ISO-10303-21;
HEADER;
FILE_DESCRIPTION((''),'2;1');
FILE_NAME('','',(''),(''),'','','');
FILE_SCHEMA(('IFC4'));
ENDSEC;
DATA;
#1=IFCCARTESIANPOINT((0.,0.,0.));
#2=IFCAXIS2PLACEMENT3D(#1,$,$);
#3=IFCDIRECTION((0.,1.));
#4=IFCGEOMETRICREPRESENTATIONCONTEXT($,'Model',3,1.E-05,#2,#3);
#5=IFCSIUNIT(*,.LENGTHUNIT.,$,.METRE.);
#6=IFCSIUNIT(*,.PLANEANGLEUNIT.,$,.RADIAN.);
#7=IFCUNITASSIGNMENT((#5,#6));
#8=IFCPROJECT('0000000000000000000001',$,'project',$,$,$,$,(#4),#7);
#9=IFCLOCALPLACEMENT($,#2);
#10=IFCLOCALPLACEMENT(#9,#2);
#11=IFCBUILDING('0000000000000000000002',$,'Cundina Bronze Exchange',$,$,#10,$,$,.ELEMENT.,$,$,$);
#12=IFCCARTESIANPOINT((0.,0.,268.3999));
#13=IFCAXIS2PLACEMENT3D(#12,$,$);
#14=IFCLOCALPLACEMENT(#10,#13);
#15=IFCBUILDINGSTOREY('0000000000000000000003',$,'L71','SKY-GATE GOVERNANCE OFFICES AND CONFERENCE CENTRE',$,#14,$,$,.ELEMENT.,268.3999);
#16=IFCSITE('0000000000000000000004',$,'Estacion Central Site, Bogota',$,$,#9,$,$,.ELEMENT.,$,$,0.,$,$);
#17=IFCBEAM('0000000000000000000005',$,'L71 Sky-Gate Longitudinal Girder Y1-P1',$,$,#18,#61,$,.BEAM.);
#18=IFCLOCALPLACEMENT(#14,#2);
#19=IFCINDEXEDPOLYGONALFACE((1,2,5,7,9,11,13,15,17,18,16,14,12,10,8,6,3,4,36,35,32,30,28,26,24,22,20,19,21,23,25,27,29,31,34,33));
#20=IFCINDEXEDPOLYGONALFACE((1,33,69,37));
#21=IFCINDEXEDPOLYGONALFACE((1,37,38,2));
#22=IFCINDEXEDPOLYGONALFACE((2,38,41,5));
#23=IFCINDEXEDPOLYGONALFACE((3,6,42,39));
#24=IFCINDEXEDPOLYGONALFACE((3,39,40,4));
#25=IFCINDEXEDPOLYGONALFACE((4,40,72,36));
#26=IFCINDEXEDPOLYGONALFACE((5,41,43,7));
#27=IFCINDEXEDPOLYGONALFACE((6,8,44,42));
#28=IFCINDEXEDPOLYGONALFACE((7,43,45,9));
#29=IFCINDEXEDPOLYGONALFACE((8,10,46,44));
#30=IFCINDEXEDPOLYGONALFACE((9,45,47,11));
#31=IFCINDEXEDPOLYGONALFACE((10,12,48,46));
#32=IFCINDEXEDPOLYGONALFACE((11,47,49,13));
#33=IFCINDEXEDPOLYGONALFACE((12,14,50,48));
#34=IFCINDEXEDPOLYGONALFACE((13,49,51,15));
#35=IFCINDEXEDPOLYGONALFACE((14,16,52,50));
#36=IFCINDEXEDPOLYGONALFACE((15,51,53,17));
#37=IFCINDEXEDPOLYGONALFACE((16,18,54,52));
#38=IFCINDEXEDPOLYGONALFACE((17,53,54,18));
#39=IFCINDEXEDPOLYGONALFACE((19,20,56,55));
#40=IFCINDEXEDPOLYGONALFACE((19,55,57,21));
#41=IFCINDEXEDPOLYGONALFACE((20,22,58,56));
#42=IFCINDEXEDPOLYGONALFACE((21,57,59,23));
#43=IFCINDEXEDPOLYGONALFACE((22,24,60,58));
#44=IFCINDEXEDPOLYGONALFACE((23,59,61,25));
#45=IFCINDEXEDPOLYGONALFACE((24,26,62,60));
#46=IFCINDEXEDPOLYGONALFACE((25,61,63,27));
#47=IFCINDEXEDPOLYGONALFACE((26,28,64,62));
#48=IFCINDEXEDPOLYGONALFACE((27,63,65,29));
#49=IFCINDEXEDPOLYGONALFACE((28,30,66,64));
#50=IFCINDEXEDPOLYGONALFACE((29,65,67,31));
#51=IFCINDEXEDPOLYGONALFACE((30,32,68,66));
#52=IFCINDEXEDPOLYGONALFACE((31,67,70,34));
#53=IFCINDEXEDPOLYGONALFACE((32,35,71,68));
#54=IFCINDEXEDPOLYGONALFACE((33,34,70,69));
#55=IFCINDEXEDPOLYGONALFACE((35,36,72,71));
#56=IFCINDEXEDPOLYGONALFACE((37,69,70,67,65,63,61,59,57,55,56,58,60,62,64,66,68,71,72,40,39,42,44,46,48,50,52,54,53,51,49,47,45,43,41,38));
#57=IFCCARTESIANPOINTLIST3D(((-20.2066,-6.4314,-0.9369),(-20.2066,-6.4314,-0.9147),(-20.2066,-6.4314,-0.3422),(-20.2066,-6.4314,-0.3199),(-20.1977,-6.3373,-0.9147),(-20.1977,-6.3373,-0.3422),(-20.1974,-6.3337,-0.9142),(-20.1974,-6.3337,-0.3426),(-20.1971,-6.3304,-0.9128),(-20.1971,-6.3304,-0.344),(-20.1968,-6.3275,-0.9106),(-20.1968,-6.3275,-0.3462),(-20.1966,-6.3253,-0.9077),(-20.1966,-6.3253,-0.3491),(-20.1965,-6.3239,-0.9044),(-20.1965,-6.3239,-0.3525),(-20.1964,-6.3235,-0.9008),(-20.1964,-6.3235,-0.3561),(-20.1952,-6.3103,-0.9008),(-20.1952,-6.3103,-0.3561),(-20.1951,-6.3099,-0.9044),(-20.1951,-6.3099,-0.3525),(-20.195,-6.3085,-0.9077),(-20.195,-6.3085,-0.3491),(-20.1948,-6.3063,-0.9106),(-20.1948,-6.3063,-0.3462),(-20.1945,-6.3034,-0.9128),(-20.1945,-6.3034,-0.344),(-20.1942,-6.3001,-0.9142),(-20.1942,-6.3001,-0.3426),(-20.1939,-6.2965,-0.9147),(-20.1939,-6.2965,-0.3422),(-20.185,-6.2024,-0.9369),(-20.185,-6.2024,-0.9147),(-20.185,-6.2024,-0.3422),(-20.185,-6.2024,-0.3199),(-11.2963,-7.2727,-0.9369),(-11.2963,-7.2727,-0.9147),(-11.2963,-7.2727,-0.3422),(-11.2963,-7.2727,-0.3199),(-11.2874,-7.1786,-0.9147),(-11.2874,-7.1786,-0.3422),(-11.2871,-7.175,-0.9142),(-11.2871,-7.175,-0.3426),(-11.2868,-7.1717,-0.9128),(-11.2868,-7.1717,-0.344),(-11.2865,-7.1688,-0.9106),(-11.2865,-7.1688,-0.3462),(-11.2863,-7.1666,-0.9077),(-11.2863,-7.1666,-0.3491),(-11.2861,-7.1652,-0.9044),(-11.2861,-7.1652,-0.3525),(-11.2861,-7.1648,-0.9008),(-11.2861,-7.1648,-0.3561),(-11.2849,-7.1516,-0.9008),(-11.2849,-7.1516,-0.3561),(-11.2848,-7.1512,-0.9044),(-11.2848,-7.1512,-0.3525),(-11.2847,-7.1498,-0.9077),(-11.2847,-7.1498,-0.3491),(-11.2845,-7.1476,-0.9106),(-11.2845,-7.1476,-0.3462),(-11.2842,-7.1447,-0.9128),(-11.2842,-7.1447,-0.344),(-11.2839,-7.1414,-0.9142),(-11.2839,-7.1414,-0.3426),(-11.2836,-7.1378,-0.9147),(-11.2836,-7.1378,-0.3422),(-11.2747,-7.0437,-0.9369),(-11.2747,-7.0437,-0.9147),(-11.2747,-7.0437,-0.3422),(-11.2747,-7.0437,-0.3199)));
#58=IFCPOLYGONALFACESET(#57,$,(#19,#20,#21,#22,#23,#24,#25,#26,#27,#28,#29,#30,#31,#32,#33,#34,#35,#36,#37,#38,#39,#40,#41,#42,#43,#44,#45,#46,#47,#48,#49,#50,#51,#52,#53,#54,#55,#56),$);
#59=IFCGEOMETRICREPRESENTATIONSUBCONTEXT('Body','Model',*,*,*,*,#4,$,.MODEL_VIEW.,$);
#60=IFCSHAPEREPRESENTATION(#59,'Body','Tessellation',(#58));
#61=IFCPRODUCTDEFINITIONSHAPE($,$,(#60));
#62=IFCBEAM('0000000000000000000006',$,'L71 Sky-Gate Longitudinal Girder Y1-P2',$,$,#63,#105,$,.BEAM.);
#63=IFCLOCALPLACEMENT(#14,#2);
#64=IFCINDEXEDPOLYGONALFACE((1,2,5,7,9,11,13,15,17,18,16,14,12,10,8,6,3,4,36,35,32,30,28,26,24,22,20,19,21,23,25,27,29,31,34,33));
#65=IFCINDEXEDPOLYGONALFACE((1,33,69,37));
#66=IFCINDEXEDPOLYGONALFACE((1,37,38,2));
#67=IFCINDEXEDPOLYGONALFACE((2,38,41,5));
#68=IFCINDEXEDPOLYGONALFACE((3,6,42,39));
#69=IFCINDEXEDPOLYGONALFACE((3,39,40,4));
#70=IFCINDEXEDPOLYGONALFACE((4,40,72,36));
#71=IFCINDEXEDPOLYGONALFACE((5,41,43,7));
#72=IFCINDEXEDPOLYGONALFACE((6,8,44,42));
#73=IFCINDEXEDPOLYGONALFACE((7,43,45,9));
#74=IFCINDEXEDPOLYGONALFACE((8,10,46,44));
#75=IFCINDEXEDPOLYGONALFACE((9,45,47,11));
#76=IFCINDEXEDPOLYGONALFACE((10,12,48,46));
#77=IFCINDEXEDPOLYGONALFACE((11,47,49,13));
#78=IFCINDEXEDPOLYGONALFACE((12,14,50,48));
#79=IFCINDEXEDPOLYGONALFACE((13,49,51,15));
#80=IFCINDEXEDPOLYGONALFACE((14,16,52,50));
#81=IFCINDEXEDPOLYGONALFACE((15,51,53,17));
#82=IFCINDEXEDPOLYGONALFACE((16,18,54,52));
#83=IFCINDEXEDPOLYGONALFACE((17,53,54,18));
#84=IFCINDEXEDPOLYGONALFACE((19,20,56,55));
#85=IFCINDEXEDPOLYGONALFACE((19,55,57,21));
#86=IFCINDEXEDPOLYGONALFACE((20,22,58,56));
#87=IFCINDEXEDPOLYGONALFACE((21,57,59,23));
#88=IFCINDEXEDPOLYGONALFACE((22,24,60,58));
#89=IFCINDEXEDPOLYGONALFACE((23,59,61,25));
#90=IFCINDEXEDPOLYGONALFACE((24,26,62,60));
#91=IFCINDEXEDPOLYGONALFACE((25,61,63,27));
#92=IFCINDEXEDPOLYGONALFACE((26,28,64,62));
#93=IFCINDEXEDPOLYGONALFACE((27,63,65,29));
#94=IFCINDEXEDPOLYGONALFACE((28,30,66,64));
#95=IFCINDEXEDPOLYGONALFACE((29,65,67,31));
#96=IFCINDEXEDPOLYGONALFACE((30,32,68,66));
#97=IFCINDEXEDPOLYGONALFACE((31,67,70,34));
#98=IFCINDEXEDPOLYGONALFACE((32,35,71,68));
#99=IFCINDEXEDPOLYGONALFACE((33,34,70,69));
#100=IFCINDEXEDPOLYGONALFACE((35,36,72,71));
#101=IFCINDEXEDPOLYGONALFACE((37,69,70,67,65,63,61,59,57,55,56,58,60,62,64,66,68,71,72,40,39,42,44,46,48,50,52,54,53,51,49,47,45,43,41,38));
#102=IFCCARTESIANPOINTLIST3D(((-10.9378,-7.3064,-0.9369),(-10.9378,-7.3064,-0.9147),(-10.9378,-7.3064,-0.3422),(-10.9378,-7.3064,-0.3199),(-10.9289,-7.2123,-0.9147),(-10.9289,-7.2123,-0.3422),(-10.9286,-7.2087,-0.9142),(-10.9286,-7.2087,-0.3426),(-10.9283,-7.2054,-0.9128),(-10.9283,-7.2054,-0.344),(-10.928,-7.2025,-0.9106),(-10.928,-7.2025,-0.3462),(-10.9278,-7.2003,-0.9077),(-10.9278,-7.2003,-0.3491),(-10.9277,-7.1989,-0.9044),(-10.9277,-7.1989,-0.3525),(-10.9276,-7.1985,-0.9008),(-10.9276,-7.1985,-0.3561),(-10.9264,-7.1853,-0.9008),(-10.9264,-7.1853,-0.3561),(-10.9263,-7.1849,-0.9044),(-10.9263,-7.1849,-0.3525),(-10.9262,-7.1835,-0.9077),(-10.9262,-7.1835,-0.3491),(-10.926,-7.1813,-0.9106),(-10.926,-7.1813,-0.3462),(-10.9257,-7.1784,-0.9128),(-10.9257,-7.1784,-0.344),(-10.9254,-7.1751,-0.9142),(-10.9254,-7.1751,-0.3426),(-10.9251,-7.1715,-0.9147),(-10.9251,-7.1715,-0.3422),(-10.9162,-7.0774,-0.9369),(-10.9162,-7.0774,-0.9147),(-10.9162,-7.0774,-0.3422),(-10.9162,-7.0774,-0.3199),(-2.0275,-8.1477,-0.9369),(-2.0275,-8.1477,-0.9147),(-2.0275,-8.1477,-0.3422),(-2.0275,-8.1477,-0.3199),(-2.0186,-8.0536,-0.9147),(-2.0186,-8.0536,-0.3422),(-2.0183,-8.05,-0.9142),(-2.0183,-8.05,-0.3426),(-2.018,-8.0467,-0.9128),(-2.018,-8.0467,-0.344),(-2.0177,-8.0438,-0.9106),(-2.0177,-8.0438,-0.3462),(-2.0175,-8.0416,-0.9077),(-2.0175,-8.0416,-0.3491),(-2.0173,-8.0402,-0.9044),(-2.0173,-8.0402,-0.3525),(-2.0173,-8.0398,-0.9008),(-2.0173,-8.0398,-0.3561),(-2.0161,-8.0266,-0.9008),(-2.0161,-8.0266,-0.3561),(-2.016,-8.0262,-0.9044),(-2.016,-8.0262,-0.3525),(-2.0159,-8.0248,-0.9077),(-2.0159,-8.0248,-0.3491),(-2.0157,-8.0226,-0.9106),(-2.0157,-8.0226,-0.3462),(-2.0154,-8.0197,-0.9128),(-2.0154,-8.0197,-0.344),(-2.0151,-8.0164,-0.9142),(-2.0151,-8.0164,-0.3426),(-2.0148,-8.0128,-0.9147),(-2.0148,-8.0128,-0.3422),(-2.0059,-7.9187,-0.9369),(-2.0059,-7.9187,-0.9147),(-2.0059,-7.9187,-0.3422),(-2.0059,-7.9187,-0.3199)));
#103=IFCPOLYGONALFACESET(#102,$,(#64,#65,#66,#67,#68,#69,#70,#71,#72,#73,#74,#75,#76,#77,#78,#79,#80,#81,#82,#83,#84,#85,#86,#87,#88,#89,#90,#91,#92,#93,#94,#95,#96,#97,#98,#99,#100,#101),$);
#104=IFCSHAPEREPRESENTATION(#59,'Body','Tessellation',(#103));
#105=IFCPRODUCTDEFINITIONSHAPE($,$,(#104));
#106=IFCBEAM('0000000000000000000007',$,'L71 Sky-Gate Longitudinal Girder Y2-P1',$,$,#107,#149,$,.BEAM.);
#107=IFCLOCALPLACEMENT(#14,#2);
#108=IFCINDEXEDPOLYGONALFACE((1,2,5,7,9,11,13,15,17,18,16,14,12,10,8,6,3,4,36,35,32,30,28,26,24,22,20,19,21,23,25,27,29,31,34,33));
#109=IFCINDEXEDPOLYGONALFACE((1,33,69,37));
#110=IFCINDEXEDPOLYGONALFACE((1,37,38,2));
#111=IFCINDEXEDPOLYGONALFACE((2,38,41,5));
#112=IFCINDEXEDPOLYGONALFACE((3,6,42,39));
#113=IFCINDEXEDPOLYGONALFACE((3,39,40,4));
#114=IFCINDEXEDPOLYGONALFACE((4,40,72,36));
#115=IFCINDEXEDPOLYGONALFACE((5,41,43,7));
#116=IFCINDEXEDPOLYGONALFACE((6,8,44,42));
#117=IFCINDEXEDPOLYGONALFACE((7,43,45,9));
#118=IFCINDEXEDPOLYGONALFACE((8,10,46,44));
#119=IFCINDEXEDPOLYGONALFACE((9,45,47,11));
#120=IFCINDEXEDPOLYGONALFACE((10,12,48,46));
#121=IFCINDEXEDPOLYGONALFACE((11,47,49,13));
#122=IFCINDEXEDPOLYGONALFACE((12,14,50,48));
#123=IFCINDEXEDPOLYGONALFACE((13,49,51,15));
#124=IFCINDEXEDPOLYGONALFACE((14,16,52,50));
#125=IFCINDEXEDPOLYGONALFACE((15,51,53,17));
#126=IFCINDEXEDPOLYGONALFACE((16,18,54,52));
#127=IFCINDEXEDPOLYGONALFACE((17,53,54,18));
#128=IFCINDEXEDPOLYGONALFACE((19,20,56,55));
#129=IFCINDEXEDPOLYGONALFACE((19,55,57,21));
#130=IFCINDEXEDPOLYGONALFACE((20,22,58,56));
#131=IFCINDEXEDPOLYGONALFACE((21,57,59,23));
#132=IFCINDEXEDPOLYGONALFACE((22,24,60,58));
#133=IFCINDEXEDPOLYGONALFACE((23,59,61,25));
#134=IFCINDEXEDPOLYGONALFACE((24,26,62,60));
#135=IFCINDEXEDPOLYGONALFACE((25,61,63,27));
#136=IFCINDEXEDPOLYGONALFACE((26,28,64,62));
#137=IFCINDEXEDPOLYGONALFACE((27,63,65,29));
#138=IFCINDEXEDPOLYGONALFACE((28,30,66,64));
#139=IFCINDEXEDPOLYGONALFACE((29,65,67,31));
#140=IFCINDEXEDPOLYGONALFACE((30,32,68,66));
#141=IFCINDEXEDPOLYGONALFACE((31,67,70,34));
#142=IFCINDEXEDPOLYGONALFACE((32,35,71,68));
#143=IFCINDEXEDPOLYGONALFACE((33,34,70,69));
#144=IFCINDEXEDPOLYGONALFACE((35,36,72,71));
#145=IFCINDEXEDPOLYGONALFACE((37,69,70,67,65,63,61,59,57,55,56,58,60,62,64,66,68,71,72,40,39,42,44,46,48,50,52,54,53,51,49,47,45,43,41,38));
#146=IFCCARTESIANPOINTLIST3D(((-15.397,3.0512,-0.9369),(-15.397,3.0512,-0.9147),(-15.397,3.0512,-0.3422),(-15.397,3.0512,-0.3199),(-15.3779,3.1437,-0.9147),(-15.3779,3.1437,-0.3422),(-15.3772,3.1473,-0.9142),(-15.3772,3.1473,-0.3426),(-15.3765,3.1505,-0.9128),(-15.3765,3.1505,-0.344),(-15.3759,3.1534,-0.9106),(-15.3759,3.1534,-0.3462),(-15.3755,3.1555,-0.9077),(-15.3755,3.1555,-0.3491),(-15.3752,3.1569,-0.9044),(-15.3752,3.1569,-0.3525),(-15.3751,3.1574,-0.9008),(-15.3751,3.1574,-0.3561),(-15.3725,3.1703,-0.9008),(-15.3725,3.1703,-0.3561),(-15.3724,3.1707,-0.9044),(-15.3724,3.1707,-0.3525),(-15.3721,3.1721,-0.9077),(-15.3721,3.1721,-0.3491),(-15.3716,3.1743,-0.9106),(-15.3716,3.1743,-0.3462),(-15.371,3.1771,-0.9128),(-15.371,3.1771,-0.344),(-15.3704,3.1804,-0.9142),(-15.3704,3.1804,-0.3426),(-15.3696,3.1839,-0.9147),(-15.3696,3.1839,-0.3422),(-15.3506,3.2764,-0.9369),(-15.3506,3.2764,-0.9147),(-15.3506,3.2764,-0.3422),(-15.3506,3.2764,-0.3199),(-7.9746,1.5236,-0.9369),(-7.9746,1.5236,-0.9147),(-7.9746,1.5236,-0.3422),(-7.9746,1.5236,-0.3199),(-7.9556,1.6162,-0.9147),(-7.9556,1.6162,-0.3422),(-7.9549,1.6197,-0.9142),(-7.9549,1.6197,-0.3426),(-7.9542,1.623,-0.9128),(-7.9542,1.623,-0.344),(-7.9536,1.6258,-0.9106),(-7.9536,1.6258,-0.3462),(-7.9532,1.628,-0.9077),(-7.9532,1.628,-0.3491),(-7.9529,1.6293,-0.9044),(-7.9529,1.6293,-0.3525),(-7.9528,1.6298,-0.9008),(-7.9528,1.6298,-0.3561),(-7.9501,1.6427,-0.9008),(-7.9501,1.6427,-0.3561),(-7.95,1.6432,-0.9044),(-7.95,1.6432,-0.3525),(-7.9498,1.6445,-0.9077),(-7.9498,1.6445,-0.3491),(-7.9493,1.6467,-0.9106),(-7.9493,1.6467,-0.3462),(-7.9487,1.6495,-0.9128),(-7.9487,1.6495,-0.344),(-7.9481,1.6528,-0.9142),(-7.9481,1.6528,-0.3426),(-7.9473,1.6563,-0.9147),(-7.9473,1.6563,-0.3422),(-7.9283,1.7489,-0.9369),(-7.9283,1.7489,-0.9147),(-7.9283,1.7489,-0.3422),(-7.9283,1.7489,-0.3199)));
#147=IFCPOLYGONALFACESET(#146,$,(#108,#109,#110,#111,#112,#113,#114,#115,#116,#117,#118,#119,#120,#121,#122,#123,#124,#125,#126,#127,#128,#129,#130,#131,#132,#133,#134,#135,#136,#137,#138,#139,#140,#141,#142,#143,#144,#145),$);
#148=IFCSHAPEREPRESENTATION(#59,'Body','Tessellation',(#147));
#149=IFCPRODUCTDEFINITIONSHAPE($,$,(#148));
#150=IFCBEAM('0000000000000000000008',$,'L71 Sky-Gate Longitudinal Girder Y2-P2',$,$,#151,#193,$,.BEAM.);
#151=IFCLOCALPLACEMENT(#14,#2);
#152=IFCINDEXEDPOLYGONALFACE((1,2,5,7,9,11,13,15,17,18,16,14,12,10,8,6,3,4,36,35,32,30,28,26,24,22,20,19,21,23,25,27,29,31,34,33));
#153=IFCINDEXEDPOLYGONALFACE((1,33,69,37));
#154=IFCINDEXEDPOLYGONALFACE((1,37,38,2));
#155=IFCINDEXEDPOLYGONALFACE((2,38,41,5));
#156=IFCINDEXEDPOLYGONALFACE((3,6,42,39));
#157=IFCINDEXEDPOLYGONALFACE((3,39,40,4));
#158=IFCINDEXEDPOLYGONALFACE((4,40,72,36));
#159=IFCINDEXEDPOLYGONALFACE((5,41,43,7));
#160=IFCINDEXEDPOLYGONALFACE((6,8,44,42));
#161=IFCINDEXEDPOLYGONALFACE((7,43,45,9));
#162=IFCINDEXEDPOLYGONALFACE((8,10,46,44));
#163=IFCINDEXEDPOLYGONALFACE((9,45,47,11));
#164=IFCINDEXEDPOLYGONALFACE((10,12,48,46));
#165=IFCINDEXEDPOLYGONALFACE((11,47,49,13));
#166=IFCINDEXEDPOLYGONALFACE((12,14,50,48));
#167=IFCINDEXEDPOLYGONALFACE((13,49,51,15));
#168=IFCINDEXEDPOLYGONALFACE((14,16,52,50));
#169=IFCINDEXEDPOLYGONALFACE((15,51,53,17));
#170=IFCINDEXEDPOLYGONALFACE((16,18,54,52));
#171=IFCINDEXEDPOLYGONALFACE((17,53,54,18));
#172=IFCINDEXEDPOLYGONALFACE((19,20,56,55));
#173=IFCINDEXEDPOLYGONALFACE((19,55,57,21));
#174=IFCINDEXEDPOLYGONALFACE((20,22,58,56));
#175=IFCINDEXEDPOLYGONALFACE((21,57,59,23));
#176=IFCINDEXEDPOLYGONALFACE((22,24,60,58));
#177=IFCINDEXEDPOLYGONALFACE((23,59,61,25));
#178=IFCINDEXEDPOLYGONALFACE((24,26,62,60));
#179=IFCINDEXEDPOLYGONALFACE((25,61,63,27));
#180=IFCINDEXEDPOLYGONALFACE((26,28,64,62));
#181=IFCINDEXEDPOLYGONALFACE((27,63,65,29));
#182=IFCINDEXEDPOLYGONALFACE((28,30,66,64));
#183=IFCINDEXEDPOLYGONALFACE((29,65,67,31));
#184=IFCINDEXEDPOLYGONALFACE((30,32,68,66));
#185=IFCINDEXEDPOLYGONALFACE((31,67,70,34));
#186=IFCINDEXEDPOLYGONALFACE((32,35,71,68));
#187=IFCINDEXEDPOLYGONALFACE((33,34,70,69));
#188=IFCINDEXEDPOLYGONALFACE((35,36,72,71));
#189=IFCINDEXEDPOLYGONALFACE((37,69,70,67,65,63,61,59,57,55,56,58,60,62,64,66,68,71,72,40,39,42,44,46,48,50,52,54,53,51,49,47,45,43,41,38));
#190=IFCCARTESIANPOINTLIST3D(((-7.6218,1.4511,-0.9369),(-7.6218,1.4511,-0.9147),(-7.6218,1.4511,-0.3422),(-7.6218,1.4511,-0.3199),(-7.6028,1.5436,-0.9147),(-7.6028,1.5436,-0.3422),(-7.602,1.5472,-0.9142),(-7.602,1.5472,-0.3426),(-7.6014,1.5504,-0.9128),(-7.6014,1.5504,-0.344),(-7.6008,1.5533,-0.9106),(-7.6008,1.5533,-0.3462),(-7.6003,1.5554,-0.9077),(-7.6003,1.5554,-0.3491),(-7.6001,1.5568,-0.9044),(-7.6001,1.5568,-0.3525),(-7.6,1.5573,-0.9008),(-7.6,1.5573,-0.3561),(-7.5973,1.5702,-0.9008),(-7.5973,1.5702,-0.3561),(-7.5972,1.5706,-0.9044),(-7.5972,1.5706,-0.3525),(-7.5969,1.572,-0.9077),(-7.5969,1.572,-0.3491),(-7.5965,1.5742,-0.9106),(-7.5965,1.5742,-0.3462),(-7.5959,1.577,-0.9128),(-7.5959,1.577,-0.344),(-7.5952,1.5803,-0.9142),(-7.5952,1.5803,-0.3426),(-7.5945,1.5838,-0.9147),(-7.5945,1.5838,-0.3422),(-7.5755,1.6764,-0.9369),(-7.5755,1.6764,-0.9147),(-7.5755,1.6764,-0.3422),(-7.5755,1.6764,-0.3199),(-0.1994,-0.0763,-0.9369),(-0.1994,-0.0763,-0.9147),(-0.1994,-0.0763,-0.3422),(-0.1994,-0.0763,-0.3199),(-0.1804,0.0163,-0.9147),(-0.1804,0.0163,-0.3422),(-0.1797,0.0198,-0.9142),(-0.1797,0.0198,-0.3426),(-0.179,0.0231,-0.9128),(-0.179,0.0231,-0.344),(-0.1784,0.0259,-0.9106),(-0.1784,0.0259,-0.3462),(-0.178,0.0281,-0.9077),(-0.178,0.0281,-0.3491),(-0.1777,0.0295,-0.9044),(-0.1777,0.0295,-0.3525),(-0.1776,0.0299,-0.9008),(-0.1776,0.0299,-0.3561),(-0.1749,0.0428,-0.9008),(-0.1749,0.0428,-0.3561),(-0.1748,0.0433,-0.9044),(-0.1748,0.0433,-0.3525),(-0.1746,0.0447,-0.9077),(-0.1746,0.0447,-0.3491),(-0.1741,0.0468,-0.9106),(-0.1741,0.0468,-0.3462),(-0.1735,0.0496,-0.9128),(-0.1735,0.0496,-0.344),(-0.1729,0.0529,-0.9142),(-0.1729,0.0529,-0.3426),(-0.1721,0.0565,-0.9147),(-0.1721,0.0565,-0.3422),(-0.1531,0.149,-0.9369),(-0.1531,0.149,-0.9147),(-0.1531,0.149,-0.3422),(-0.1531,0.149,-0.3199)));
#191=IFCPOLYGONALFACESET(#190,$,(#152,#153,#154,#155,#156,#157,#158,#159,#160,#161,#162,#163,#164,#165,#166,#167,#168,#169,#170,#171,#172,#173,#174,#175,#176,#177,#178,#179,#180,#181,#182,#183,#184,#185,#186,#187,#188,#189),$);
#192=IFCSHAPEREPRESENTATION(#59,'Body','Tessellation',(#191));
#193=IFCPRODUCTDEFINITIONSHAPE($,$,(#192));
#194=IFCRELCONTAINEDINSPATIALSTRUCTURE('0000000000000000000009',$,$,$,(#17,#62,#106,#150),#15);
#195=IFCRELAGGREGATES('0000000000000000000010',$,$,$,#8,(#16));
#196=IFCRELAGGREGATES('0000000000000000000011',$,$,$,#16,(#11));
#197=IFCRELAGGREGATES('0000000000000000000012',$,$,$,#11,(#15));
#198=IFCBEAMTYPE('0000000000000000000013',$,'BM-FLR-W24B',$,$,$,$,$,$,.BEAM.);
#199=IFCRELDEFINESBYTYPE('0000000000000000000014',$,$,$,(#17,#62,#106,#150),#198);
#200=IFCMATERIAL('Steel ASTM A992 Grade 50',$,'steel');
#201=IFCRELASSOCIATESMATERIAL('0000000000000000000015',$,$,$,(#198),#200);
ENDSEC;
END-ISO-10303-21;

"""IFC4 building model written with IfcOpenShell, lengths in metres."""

from ifc_helpers import new_model, si_unit, direction, frame, origin, origin_2d, place, context, subcontext, project, spatial, i_section, extrude, material, material_profile, profile_set, type_object, element, save


model = new_model("IFC4")

# Units and contexts
model_context = context("Model", 3, precision=1e-05, world=origin(), true_north=direction((0.0, 1.0)))
body_context = subcontext(model_context, "Body", "Model", "MODEL_VIEW")
ifc_project = project(units=[si_unit("LENGTHUNIT", "METRE"), si_unit("PLANEANGLEUNIT", "RADIAN")], contexts=[model_context])

# Site, building, storey
site_placement = place(None, origin())
site = spatial("IfcSite", under=ifc_project, at=site_placement, Name="Estacion Central Site, Bogota", CompositionType="ELEMENT", RefElevation=0.0)
building_placement = place(site_placement, origin())
building = spatial("IfcBuilding", under=site, at=building_placement, Name="Cundina Bronze Exchange", CompositionType="ELEMENT")
storey_placement = place(building_placement, frame((0.0, 0.0, 268.3999)))
storey = spatial("IfcBuildingStorey", under=building, at=storey_placement, Name="L71", Description="SKY-GATE GOVERNANCE OFFICES AND CONFERENCE CENTRE", CompositionType="ELEMENT", Elevation=268.3999)

# Shared definitions
ifc_material_1 = material(Name="Steel ASTM A992 Grade 50", Category="steel")

# Beams
ifc_material_profile_1 = material_profile(ifc_material_1, i_section(OverallWidth=0.23, OverallDepth=0.6169, WebThickness=0.0132, FlangeThickness=0.0222, FilletRadius=0.0139, at=origin_2d()), Name="W24X94", Category="steel")
ifc_profile_set_1 = profile_set([ifc_material_profile_1], Name="Steel ASTM A992 Grade 50")
beam_type_1 = type_object("IfcBeamType", Name="BM-FLR-W24B", PredefinedType="BEAM", material=ifc_profile_set_1)
for number, where, z_axis, x_axis, name in (
    (1, (-20.1958, -6.3169, -0.6284), (0.995572, -0.094001, 0.0), (0.094001, 0.995572, 0.0), "L71 Sky-Gate Longitudinal Girder Y1-P1"),
    (2, (-10.927, -7.1919, -0.6284), (0.995572, -0.094001, 0.0), (0.094001, 0.995572, 0.0), "L71 Sky-Gate Longitudinal Girder Y1-P2"),
):
    element("IfcBeam", number, at=place(storey_placement, frame(where, z_axis=z_axis, x_axis=x_axis)), inside=storey, type_object=beam_type_1, Name=name, PredefinedType="BEAM", context=body_context, shape_type="SweptSolid", body=[
        extrude(i_section(OverallWidth=0.23, OverallDepth=0.6169, WebThickness=0.0132, FlangeThickness=0.0222, FilletRadius=0.0139, at=origin_2d()), origin(), (0.0, 0.0, 1.0), 8.95),
    ])
for number, where, z_axis, x_axis, name in (
    (3, (-15.3738, 3.1638, -0.6284), (0.979471, -0.201584, 0.0), (0.201584, 0.979471, 0.0), "L71 Sky-Gate Longitudinal Girder Y2-P1"),
    (4, (-7.5986, 1.5637, -0.6284), (0.979478, -0.201553, 0.0), (0.201553, 0.979478, 0.0), "L71 Sky-Gate Longitudinal Girder Y2-P2"),
):
    element("IfcBeam", number, at=place(storey_placement, frame(where, z_axis=z_axis, x_axis=x_axis)), inside=storey, type_object=beam_type_1, Name=name, PredefinedType="BEAM", context=body_context, shape_type="SweptSolid", body=[
        extrude(i_section(OverallWidth=0.23, OverallDepth=0.6169, WebThickness=0.0132, FlangeThickness=0.0222, FilletRadius=0.0139, at=origin_2d()), origin(), (0.0, 0.0, 1.0), 7.5779),
    ])

save(model, "model.ifc")
